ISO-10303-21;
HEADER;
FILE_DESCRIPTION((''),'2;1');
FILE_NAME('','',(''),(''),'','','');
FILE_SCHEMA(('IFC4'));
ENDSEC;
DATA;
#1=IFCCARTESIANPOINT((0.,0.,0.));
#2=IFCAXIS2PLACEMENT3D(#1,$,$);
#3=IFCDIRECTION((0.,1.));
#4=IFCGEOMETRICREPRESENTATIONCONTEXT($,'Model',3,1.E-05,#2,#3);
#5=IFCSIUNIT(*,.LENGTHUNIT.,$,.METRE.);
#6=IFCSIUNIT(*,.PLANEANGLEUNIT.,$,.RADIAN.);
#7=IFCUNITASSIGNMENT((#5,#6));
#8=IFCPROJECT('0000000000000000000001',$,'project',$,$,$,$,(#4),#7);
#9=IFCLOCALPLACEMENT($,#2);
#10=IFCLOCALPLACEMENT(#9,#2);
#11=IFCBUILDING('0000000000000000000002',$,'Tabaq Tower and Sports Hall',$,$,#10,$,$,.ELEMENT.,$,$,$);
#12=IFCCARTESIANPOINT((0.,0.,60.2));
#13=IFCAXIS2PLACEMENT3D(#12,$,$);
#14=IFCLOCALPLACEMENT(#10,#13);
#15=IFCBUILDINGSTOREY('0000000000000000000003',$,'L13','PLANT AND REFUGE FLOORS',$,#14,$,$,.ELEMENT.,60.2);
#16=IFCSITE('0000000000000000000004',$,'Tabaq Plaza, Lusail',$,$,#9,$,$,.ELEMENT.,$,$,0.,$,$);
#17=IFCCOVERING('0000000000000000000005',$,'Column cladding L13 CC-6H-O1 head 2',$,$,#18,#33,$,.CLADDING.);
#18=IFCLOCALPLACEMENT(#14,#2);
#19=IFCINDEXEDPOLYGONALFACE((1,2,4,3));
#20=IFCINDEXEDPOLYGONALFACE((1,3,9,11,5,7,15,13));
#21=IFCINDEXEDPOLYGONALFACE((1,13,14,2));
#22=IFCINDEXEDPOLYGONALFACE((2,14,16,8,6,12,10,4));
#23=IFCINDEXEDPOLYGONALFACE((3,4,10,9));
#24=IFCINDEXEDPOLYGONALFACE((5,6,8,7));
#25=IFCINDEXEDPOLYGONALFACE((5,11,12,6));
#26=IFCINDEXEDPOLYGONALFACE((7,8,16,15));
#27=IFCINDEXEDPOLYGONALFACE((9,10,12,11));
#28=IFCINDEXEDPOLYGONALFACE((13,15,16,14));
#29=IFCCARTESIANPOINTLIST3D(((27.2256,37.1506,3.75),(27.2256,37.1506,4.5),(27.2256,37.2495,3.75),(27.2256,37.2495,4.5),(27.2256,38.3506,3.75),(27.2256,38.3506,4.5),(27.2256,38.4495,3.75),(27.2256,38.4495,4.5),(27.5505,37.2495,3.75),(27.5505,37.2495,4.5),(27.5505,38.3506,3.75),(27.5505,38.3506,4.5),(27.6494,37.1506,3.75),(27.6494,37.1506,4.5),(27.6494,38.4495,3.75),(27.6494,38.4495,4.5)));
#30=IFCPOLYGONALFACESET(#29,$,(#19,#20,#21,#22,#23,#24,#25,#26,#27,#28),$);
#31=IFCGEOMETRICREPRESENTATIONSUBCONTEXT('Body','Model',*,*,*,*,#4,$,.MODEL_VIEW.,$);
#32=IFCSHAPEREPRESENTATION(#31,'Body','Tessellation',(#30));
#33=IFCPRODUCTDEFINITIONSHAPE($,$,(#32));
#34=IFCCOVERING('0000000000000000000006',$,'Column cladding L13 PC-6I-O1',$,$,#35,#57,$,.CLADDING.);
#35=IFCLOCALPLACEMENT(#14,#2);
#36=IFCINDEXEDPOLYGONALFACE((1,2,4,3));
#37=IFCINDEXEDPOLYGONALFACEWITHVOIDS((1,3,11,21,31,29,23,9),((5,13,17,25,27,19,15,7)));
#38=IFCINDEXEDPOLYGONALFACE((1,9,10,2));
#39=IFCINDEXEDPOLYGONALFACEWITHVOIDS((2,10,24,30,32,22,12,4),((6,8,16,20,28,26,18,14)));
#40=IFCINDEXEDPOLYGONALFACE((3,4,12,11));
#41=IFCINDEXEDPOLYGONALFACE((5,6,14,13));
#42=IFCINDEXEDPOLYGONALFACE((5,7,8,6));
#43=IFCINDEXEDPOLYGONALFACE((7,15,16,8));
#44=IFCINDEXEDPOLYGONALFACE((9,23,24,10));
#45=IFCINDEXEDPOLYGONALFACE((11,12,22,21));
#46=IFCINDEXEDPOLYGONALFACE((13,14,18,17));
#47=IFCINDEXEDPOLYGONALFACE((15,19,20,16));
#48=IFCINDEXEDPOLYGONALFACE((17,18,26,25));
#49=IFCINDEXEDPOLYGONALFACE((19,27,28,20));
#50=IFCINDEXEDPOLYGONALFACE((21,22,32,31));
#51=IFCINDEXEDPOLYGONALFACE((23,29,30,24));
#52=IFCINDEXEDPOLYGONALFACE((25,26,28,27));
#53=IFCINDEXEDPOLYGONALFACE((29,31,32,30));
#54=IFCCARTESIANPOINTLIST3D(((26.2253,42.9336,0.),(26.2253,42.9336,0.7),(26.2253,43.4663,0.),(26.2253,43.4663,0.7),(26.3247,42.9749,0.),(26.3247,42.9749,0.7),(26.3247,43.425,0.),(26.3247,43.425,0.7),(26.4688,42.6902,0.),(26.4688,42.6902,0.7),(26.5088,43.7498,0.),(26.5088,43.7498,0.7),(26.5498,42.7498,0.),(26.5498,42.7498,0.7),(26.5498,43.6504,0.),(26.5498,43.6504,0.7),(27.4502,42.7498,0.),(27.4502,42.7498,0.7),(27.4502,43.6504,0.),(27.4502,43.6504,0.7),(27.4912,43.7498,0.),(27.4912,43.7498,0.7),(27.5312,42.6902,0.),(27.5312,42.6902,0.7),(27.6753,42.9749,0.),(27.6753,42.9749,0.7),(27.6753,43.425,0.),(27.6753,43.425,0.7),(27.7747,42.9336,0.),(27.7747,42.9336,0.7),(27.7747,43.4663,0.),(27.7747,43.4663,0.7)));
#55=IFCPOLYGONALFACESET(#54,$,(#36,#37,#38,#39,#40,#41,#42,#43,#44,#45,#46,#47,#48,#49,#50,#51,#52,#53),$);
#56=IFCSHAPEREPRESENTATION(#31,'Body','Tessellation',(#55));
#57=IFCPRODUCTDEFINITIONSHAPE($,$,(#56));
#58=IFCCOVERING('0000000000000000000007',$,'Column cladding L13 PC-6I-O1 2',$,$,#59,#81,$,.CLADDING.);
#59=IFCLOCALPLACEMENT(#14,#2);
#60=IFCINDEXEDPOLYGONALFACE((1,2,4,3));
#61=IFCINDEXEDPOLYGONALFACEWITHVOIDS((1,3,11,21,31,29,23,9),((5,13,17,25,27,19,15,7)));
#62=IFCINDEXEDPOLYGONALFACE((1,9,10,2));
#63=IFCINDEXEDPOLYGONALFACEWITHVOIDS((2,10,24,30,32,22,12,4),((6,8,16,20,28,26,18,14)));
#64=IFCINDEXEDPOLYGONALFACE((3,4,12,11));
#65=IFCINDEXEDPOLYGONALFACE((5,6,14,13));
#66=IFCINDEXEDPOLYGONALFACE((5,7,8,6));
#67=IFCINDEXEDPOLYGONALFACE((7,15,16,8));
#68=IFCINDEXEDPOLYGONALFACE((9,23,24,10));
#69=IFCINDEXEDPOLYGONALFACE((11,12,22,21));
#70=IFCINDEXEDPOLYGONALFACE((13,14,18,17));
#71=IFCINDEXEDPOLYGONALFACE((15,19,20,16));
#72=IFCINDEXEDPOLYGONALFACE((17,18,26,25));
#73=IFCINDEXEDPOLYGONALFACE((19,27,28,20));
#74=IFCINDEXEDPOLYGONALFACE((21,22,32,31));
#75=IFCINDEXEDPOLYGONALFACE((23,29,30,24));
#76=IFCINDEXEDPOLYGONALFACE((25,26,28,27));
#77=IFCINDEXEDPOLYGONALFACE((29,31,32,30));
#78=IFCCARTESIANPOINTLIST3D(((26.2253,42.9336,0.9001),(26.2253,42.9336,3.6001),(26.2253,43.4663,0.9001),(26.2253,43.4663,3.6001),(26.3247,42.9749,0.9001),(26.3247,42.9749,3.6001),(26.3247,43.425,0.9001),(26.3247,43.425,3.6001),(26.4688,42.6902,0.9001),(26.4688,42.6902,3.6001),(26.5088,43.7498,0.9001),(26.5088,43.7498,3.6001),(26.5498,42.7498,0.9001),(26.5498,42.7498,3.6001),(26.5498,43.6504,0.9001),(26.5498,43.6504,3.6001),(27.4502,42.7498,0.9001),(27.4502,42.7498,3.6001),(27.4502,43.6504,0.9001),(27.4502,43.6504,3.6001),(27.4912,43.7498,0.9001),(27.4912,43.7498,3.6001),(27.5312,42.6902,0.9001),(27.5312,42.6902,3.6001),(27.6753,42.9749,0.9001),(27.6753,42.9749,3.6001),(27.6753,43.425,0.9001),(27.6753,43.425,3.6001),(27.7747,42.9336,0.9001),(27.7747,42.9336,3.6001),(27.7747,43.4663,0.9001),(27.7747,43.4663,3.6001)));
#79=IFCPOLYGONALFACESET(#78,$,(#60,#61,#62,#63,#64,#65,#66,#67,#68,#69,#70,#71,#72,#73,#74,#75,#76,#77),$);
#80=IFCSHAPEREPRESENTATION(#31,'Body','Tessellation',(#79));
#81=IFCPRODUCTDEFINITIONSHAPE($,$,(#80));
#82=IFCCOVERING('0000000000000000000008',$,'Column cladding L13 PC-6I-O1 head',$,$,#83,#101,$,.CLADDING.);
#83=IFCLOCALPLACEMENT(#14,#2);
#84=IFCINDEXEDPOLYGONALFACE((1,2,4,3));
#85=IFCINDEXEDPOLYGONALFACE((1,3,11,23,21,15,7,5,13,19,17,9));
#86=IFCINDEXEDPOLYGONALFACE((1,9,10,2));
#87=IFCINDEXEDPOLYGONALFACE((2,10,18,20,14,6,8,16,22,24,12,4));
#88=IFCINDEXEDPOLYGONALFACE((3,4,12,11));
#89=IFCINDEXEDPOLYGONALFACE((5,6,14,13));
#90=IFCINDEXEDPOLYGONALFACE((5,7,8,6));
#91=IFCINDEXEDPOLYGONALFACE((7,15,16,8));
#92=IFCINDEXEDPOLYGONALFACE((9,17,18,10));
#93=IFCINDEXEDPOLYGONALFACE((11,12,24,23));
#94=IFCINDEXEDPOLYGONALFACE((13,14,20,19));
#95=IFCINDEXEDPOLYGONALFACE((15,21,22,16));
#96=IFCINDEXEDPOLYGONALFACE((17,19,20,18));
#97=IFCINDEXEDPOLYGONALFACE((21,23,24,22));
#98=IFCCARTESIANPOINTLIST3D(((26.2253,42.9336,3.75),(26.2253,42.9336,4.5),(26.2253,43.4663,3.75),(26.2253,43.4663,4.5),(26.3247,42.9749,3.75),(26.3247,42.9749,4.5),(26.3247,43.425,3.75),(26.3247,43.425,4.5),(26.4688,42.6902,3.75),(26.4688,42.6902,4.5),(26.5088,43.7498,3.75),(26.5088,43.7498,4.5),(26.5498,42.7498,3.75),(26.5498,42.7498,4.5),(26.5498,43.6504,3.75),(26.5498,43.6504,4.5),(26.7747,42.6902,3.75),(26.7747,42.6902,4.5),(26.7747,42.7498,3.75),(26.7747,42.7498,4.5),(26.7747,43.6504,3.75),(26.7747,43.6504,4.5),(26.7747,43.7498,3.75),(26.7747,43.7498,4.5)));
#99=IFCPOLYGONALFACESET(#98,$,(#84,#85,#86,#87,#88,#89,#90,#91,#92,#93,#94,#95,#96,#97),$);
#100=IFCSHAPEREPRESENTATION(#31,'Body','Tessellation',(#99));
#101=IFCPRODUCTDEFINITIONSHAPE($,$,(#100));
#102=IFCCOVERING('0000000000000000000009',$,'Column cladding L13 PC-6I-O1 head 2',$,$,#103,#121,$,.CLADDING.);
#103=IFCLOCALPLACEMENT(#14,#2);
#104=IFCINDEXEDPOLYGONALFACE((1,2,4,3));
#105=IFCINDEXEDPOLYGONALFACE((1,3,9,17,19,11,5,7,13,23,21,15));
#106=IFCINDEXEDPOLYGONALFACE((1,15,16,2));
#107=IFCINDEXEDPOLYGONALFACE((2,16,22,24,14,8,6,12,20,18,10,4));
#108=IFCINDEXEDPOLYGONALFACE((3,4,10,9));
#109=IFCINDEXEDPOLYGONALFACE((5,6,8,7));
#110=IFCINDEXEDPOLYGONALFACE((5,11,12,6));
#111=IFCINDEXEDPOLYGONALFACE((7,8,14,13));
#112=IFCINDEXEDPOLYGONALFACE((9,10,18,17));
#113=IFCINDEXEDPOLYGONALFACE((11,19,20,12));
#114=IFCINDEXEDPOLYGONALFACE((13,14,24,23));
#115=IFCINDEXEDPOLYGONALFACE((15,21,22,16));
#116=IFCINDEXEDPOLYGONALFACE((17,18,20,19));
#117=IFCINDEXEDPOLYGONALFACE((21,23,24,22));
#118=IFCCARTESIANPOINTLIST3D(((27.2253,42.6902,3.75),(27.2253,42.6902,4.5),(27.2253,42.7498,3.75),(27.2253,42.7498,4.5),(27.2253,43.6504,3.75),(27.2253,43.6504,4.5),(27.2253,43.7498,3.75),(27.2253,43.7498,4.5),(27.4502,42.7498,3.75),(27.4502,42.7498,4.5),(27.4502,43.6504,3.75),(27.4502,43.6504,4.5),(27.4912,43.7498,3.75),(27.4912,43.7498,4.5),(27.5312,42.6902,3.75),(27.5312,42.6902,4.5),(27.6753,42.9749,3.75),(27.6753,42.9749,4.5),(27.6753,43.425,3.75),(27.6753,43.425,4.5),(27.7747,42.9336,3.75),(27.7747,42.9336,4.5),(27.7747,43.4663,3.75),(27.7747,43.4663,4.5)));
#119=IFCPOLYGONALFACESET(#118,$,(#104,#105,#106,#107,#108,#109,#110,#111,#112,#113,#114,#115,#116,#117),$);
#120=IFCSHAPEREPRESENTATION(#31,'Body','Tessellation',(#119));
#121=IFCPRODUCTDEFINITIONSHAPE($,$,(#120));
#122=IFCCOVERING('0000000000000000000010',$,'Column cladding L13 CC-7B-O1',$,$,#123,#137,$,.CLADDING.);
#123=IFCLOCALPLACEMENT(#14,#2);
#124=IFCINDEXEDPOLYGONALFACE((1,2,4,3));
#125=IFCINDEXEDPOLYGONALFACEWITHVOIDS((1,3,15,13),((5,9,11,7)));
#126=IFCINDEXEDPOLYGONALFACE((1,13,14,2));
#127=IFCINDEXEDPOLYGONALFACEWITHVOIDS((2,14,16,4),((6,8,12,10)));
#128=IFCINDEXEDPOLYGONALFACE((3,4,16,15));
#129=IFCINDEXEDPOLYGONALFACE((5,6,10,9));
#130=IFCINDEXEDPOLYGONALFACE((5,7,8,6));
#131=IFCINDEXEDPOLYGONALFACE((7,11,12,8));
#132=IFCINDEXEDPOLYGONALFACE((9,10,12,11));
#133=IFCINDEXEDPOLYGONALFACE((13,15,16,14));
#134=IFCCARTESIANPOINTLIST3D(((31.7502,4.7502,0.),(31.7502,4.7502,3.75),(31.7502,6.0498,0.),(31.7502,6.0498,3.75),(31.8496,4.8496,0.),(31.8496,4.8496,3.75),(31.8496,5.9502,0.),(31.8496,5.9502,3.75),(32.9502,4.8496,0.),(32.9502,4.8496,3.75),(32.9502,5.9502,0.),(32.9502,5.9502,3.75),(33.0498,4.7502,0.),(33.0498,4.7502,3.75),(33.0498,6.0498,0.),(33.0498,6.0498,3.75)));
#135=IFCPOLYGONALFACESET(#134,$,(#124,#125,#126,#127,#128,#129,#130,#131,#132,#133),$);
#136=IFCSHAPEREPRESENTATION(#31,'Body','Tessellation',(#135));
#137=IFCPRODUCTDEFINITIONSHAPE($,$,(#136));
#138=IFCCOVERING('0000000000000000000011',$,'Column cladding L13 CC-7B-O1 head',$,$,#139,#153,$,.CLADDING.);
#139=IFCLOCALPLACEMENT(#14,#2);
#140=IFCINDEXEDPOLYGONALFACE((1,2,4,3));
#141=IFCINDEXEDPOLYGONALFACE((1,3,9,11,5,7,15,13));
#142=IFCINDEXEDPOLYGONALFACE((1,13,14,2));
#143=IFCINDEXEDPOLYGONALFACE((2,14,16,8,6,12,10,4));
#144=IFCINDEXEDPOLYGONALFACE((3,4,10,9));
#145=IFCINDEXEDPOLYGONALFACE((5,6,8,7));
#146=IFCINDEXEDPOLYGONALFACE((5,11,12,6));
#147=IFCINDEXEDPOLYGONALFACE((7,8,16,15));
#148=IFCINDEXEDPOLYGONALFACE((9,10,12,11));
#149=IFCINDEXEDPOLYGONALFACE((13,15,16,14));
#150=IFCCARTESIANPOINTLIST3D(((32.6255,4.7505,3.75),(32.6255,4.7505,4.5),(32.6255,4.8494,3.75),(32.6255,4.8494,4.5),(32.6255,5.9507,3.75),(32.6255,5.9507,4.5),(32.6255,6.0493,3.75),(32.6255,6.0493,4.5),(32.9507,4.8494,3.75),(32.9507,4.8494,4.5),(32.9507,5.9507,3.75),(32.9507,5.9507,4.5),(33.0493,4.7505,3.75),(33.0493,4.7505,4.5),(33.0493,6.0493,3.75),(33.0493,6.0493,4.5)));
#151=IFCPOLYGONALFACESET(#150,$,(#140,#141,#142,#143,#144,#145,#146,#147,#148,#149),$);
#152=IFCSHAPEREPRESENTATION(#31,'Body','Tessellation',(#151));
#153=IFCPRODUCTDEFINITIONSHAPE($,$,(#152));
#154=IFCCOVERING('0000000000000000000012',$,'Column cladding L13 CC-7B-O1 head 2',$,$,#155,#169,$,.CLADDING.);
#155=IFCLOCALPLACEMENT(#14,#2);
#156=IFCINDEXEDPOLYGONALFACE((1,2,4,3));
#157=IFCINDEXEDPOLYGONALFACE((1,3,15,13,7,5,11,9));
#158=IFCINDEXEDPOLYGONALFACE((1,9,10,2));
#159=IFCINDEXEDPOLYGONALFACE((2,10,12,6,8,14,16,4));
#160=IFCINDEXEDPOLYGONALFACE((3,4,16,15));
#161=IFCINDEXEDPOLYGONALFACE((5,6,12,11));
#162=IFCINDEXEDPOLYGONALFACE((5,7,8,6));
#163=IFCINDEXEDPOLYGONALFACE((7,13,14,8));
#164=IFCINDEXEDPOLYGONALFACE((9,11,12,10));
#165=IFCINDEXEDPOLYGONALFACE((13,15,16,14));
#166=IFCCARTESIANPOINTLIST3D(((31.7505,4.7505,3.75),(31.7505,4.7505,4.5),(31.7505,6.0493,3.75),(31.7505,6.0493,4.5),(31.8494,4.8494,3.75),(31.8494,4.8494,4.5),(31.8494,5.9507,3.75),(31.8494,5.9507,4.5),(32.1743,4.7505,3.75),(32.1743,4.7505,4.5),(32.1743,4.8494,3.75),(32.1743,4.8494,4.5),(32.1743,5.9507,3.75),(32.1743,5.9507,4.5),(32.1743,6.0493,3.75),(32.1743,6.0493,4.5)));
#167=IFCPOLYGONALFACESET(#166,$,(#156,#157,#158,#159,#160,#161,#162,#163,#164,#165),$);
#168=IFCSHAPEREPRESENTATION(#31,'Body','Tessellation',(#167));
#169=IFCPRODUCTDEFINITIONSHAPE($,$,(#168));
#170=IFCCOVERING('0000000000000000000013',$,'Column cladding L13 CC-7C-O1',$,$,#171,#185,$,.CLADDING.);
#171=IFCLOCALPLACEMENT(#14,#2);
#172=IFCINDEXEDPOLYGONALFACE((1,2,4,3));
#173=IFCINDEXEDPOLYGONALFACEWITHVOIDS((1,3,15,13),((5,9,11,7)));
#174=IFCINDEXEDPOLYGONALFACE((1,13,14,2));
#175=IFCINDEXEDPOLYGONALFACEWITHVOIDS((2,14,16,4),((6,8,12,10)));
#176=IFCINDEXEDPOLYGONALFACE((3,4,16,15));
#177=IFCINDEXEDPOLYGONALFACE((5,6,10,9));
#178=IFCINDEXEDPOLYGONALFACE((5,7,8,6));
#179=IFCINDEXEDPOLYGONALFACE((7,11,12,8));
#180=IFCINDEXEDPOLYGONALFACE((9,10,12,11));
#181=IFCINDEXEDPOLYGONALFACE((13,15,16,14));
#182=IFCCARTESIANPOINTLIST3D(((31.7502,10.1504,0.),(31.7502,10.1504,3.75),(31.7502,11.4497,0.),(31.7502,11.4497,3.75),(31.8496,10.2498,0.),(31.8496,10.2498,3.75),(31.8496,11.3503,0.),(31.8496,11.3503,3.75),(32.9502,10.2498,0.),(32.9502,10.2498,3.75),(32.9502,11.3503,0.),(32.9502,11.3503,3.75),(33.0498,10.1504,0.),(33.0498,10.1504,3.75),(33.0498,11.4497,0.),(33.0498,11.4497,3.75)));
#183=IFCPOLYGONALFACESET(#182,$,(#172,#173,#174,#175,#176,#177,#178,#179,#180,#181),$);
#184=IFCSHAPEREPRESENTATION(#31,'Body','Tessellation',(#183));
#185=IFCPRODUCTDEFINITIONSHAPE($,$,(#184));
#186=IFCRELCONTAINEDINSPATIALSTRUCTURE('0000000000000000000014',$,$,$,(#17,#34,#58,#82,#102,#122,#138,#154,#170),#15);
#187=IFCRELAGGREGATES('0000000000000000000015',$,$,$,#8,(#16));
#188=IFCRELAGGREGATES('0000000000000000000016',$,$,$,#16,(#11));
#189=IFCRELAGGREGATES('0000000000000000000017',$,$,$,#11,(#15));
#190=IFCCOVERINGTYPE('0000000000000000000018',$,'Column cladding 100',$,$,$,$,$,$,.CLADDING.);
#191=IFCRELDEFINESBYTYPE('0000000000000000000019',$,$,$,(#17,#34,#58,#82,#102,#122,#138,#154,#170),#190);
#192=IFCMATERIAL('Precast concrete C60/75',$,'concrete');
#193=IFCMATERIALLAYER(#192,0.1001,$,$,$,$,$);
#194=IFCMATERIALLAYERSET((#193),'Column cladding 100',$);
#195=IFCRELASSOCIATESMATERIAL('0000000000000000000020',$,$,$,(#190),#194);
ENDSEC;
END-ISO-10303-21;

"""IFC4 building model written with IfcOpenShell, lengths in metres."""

from ifc_helpers import new_model, si_unit, direction, frame, origin, place, context, subcontext, project, spatial, polyline, outline, extrude, material, layer, layer_set, type_object, element, save


model = new_model("IFC4")

# Units and contexts
model_context = context("Model", 3, precision=1e-05, world=origin(), true_north=direction((0.0, 1.0)))
body_context = subcontext(model_context, "Body", "Model", "MODEL_VIEW")
ifc_project = project(units=[si_unit("LENGTHUNIT", "METRE"), si_unit("PLANEANGLEUNIT", "RADIAN")], contexts=[model_context])

# Site, building, storey
site_placement = place(None, origin())
site = spatial("IfcSite", under=ifc_project, at=site_placement, Name="Tabaq Plaza, Lusail", CompositionType="ELEMENT", RefElevation=0.0)
building_placement = place(site_placement, origin())
building = spatial("IfcBuilding", under=site, at=building_placement, Name="Tabaq Tower and Sports Hall", CompositionType="ELEMENT")
storey_placement = place(building_placement, frame((0.0, 0.0, 60.2)))
storey = spatial("IfcBuildingStorey", under=building, at=storey_placement, Name="L13", Description="PLANT AND REFUGE FLOORS", CompositionType="ELEMENT", Elevation=60.2)

# Coverings
ifc_material_1 = material(Name="Precast concrete C60/75", Category="concrete")
ifc_layer_1 = layer(ifc_material_1, 0.1001)
ifc_layer_set_1 = layer_set([ifc_layer_1], Name="Column cladding 100")
covering_type_1 = type_object("IfcCoveringType", Name="Column cladding 100", PredefinedType="CLADDING", material=ifc_layer_set_1)
covering_1_placement = place(storey_placement, frame((0.0, 0.0, 3.75)))
element("IfcCovering", 1, at=covering_1_placement, inside=storey, type_object=covering_type_1, Name="Column cladding L13 CC-6H-O1 head 2", PredefinedType="CLADDING", context=body_context, shape_type="SweptSolid", body=[
    extrude(outline(polyline([(27.2256, 38.3506), (27.2256, 38.4495), (27.6494, 38.4495), (27.6494, 37.1506), (27.2256, 37.1506), (27.2256, 37.2495), (27.5505, 37.2495), (27.5505, 38.3506), (27.2256, 38.3506)])), origin(), (0.0, 0.0, 1.0), 0.75),
])
covering_2_placement = place(storey_placement, origin())
element("IfcCovering", 2, at=covering_2_placement, inside=storey, type_object=covering_type_1, Name="Column cladding L13 PC-6I-O1", PredefinedType="CLADDING", context=body_context, shape_type="SweptSolid", body=[
    extrude(outline(polyline([(26.2253, 43.4663), (26.5088, 43.7498), (27.4912, 43.7498), (27.7747, 43.4663), (27.7747, 42.9336), (27.5312, 42.6902), (26.4688, 42.6902), (26.2253, 42.9336), (26.2253, 43.4663)]), holes=[polyline([(27.6753, 42.9749), (27.6753, 43.425), (27.4502, 43.6504), (26.5498, 43.6504), (26.3247, 43.425), (26.3247, 42.9749), (26.5498, 42.7498), (27.4502, 42.7498), (27.6753, 42.9749)])]), origin(), (0.0, 0.0, 1.0), 0.7),
])
covering_3_placement = place(storey_placement, frame((0.0, 0.0, 0.9001)))
element("IfcCovering", 3, at=covering_3_placement, inside=storey, type_object=covering_type_1, Name="Column cladding L13 PC-6I-O1 2", PredefinedType="CLADDING", context=body_context, shape_type="SweptSolid", body=[
    extrude(outline(polyline([(26.2253, 43.4663), (26.5088, 43.7498), (27.4912, 43.7498), (27.7747, 43.4663), (27.7747, 42.9336), (27.5312, 42.6902), (26.4688, 42.6902), (26.2253, 42.9336), (26.2253, 43.4663)]), holes=[polyline([(27.6753, 42.9749), (27.6753, 43.425), (27.4502, 43.6504), (26.5498, 43.6504), (26.3247, 43.425), (26.3247, 42.9749), (26.5498, 42.7498), (27.4502, 42.7498), (27.6753, 42.9749)])]), origin(), (0.0, 0.0, 1.0), 2.7),
])
covering_4_placement = place(storey_placement, frame((0.0, 0.0, 3.75)))
element("IfcCovering", 4, at=covering_4_placement, inside=storey, type_object=covering_type_1, Name="Column cladding L13 PC-6I-O1 head", PredefinedType="CLADDING", context=body_context, shape_type="SweptSolid", body=[
    extrude(outline(polyline([(26.5088, 43.7498), (26.7747, 43.7498), (26.7747, 43.6504), (26.5498, 43.6504), (26.3247, 43.425), (26.3247, 42.9749), (26.5498, 42.7498), (26.7747, 42.7498), (26.7747, 42.6902), (26.4688, 42.6902), (26.2253, 42.9336), (26.2253, 43.4663), (26.5088, 43.7498)])), origin(), (0.0, 0.0, 1.0), 0.75),
])
covering_5_placement = place(storey_placement, frame((0.0, 0.0, 3.75)))
element("IfcCovering", 5, at=covering_5_placement, inside=storey, type_object=covering_type_1, Name="Column cladding L13 PC-6I-O1 head 2", PredefinedType="CLADDING", context=body_context, shape_type="SweptSolid", body=[
    extrude(outline(polyline([(27.4912, 43.7498), (27.7747, 43.4663), (27.7747, 42.9336), (27.5312, 42.6902), (27.2253, 42.6902), (27.2253, 42.7498), (27.4502, 42.7498), (27.6753, 42.9749), (27.6753, 43.425), (27.4502, 43.6504), (27.2253, 43.6504), (27.2253, 43.7498), (27.4912, 43.7498)])), origin(), (0.0, 0.0, 1.0), 0.75),
])
covering_6_placement = place(storey_placement, origin())
element("IfcCovering", 6, at=covering_6_placement, inside=storey, type_object=covering_type_1, Name="Column cladding L13 CC-7B-O1", PredefinedType="CLADDING", context=body_context, shape_type="SweptSolid", body=[
    extrude(outline(polyline([(31.7502, 6.0498), (33.0498, 6.0498), (33.0498, 4.7502), (31.7502, 4.7502), (31.7502, 6.0498)]), holes=[polyline([(32.9502, 4.8496), (32.9502, 5.9502), (31.8496, 5.9502), (31.8496, 4.8496), (32.9502, 4.8496)])]), origin(), (0.0, 0.0, 1.0), 3.75),
])
covering_7_placement = place(storey_placement, frame((0.0, 0.0, 3.75)))
element("IfcCovering", 7, at=covering_7_placement, inside=storey, type_object=covering_type_1, Name="Column cladding L13 CC-7B-O1 head", PredefinedType="CLADDING", context=body_context, shape_type="SweptSolid", body=[
    extrude(outline(polyline([(32.6255, 4.8494), (32.9507, 4.8494), (32.9507, 5.9507), (32.6255, 5.9507), (32.6255, 6.0493), (33.0493, 6.0493), (33.0493, 4.7505), (32.6255, 4.7505), (32.6255, 4.8494)])), origin(), (0.0, 0.0, 1.0), 0.75),
])
covering_8_placement = place(storey_placement, frame((0.0, 0.0, 3.75)))
element("IfcCovering", 8, at=covering_8_placement, inside=storey, type_object=covering_type_1, Name="Column cladding L13 CC-7B-O1 head 2", PredefinedType="CLADDING", context=body_context, shape_type="SweptSolid", body=[
    extrude(outline(polyline([(32.1743, 4.8494), (32.1743, 4.7505), (31.7505, 4.7505), (31.7505, 6.0493), (32.1743, 6.0493), (32.1743, 5.9507), (31.8494, 5.9507), (31.8494, 4.8494), (32.1743, 4.8494)])), origin(), (0.0, 0.0, 1.0), 0.75),
])
covering_9_placement = place(storey_placement, origin())
element("IfcCovering", 9, at=covering_9_placement, inside=storey, type_object=covering_type_1, Name="Column cladding L13 CC-7C-O1", PredefinedType="CLADDING", context=body_context, shape_type="SweptSolid", body=[
    extrude(outline(polyline([(31.7502, 11.4497), (33.0498, 11.4497), (33.0498, 10.1504), (31.7502, 10.1504), (31.7502, 11.4497)]), holes=[polyline([(32.9502, 10.2498), (32.9502, 11.3503), (31.8496, 11.3503), (31.8496, 10.2498), (32.9502, 10.2498)])]), origin(), (0.0, 0.0, 1.0), 3.75),
])

save(model, "model.ifc")
